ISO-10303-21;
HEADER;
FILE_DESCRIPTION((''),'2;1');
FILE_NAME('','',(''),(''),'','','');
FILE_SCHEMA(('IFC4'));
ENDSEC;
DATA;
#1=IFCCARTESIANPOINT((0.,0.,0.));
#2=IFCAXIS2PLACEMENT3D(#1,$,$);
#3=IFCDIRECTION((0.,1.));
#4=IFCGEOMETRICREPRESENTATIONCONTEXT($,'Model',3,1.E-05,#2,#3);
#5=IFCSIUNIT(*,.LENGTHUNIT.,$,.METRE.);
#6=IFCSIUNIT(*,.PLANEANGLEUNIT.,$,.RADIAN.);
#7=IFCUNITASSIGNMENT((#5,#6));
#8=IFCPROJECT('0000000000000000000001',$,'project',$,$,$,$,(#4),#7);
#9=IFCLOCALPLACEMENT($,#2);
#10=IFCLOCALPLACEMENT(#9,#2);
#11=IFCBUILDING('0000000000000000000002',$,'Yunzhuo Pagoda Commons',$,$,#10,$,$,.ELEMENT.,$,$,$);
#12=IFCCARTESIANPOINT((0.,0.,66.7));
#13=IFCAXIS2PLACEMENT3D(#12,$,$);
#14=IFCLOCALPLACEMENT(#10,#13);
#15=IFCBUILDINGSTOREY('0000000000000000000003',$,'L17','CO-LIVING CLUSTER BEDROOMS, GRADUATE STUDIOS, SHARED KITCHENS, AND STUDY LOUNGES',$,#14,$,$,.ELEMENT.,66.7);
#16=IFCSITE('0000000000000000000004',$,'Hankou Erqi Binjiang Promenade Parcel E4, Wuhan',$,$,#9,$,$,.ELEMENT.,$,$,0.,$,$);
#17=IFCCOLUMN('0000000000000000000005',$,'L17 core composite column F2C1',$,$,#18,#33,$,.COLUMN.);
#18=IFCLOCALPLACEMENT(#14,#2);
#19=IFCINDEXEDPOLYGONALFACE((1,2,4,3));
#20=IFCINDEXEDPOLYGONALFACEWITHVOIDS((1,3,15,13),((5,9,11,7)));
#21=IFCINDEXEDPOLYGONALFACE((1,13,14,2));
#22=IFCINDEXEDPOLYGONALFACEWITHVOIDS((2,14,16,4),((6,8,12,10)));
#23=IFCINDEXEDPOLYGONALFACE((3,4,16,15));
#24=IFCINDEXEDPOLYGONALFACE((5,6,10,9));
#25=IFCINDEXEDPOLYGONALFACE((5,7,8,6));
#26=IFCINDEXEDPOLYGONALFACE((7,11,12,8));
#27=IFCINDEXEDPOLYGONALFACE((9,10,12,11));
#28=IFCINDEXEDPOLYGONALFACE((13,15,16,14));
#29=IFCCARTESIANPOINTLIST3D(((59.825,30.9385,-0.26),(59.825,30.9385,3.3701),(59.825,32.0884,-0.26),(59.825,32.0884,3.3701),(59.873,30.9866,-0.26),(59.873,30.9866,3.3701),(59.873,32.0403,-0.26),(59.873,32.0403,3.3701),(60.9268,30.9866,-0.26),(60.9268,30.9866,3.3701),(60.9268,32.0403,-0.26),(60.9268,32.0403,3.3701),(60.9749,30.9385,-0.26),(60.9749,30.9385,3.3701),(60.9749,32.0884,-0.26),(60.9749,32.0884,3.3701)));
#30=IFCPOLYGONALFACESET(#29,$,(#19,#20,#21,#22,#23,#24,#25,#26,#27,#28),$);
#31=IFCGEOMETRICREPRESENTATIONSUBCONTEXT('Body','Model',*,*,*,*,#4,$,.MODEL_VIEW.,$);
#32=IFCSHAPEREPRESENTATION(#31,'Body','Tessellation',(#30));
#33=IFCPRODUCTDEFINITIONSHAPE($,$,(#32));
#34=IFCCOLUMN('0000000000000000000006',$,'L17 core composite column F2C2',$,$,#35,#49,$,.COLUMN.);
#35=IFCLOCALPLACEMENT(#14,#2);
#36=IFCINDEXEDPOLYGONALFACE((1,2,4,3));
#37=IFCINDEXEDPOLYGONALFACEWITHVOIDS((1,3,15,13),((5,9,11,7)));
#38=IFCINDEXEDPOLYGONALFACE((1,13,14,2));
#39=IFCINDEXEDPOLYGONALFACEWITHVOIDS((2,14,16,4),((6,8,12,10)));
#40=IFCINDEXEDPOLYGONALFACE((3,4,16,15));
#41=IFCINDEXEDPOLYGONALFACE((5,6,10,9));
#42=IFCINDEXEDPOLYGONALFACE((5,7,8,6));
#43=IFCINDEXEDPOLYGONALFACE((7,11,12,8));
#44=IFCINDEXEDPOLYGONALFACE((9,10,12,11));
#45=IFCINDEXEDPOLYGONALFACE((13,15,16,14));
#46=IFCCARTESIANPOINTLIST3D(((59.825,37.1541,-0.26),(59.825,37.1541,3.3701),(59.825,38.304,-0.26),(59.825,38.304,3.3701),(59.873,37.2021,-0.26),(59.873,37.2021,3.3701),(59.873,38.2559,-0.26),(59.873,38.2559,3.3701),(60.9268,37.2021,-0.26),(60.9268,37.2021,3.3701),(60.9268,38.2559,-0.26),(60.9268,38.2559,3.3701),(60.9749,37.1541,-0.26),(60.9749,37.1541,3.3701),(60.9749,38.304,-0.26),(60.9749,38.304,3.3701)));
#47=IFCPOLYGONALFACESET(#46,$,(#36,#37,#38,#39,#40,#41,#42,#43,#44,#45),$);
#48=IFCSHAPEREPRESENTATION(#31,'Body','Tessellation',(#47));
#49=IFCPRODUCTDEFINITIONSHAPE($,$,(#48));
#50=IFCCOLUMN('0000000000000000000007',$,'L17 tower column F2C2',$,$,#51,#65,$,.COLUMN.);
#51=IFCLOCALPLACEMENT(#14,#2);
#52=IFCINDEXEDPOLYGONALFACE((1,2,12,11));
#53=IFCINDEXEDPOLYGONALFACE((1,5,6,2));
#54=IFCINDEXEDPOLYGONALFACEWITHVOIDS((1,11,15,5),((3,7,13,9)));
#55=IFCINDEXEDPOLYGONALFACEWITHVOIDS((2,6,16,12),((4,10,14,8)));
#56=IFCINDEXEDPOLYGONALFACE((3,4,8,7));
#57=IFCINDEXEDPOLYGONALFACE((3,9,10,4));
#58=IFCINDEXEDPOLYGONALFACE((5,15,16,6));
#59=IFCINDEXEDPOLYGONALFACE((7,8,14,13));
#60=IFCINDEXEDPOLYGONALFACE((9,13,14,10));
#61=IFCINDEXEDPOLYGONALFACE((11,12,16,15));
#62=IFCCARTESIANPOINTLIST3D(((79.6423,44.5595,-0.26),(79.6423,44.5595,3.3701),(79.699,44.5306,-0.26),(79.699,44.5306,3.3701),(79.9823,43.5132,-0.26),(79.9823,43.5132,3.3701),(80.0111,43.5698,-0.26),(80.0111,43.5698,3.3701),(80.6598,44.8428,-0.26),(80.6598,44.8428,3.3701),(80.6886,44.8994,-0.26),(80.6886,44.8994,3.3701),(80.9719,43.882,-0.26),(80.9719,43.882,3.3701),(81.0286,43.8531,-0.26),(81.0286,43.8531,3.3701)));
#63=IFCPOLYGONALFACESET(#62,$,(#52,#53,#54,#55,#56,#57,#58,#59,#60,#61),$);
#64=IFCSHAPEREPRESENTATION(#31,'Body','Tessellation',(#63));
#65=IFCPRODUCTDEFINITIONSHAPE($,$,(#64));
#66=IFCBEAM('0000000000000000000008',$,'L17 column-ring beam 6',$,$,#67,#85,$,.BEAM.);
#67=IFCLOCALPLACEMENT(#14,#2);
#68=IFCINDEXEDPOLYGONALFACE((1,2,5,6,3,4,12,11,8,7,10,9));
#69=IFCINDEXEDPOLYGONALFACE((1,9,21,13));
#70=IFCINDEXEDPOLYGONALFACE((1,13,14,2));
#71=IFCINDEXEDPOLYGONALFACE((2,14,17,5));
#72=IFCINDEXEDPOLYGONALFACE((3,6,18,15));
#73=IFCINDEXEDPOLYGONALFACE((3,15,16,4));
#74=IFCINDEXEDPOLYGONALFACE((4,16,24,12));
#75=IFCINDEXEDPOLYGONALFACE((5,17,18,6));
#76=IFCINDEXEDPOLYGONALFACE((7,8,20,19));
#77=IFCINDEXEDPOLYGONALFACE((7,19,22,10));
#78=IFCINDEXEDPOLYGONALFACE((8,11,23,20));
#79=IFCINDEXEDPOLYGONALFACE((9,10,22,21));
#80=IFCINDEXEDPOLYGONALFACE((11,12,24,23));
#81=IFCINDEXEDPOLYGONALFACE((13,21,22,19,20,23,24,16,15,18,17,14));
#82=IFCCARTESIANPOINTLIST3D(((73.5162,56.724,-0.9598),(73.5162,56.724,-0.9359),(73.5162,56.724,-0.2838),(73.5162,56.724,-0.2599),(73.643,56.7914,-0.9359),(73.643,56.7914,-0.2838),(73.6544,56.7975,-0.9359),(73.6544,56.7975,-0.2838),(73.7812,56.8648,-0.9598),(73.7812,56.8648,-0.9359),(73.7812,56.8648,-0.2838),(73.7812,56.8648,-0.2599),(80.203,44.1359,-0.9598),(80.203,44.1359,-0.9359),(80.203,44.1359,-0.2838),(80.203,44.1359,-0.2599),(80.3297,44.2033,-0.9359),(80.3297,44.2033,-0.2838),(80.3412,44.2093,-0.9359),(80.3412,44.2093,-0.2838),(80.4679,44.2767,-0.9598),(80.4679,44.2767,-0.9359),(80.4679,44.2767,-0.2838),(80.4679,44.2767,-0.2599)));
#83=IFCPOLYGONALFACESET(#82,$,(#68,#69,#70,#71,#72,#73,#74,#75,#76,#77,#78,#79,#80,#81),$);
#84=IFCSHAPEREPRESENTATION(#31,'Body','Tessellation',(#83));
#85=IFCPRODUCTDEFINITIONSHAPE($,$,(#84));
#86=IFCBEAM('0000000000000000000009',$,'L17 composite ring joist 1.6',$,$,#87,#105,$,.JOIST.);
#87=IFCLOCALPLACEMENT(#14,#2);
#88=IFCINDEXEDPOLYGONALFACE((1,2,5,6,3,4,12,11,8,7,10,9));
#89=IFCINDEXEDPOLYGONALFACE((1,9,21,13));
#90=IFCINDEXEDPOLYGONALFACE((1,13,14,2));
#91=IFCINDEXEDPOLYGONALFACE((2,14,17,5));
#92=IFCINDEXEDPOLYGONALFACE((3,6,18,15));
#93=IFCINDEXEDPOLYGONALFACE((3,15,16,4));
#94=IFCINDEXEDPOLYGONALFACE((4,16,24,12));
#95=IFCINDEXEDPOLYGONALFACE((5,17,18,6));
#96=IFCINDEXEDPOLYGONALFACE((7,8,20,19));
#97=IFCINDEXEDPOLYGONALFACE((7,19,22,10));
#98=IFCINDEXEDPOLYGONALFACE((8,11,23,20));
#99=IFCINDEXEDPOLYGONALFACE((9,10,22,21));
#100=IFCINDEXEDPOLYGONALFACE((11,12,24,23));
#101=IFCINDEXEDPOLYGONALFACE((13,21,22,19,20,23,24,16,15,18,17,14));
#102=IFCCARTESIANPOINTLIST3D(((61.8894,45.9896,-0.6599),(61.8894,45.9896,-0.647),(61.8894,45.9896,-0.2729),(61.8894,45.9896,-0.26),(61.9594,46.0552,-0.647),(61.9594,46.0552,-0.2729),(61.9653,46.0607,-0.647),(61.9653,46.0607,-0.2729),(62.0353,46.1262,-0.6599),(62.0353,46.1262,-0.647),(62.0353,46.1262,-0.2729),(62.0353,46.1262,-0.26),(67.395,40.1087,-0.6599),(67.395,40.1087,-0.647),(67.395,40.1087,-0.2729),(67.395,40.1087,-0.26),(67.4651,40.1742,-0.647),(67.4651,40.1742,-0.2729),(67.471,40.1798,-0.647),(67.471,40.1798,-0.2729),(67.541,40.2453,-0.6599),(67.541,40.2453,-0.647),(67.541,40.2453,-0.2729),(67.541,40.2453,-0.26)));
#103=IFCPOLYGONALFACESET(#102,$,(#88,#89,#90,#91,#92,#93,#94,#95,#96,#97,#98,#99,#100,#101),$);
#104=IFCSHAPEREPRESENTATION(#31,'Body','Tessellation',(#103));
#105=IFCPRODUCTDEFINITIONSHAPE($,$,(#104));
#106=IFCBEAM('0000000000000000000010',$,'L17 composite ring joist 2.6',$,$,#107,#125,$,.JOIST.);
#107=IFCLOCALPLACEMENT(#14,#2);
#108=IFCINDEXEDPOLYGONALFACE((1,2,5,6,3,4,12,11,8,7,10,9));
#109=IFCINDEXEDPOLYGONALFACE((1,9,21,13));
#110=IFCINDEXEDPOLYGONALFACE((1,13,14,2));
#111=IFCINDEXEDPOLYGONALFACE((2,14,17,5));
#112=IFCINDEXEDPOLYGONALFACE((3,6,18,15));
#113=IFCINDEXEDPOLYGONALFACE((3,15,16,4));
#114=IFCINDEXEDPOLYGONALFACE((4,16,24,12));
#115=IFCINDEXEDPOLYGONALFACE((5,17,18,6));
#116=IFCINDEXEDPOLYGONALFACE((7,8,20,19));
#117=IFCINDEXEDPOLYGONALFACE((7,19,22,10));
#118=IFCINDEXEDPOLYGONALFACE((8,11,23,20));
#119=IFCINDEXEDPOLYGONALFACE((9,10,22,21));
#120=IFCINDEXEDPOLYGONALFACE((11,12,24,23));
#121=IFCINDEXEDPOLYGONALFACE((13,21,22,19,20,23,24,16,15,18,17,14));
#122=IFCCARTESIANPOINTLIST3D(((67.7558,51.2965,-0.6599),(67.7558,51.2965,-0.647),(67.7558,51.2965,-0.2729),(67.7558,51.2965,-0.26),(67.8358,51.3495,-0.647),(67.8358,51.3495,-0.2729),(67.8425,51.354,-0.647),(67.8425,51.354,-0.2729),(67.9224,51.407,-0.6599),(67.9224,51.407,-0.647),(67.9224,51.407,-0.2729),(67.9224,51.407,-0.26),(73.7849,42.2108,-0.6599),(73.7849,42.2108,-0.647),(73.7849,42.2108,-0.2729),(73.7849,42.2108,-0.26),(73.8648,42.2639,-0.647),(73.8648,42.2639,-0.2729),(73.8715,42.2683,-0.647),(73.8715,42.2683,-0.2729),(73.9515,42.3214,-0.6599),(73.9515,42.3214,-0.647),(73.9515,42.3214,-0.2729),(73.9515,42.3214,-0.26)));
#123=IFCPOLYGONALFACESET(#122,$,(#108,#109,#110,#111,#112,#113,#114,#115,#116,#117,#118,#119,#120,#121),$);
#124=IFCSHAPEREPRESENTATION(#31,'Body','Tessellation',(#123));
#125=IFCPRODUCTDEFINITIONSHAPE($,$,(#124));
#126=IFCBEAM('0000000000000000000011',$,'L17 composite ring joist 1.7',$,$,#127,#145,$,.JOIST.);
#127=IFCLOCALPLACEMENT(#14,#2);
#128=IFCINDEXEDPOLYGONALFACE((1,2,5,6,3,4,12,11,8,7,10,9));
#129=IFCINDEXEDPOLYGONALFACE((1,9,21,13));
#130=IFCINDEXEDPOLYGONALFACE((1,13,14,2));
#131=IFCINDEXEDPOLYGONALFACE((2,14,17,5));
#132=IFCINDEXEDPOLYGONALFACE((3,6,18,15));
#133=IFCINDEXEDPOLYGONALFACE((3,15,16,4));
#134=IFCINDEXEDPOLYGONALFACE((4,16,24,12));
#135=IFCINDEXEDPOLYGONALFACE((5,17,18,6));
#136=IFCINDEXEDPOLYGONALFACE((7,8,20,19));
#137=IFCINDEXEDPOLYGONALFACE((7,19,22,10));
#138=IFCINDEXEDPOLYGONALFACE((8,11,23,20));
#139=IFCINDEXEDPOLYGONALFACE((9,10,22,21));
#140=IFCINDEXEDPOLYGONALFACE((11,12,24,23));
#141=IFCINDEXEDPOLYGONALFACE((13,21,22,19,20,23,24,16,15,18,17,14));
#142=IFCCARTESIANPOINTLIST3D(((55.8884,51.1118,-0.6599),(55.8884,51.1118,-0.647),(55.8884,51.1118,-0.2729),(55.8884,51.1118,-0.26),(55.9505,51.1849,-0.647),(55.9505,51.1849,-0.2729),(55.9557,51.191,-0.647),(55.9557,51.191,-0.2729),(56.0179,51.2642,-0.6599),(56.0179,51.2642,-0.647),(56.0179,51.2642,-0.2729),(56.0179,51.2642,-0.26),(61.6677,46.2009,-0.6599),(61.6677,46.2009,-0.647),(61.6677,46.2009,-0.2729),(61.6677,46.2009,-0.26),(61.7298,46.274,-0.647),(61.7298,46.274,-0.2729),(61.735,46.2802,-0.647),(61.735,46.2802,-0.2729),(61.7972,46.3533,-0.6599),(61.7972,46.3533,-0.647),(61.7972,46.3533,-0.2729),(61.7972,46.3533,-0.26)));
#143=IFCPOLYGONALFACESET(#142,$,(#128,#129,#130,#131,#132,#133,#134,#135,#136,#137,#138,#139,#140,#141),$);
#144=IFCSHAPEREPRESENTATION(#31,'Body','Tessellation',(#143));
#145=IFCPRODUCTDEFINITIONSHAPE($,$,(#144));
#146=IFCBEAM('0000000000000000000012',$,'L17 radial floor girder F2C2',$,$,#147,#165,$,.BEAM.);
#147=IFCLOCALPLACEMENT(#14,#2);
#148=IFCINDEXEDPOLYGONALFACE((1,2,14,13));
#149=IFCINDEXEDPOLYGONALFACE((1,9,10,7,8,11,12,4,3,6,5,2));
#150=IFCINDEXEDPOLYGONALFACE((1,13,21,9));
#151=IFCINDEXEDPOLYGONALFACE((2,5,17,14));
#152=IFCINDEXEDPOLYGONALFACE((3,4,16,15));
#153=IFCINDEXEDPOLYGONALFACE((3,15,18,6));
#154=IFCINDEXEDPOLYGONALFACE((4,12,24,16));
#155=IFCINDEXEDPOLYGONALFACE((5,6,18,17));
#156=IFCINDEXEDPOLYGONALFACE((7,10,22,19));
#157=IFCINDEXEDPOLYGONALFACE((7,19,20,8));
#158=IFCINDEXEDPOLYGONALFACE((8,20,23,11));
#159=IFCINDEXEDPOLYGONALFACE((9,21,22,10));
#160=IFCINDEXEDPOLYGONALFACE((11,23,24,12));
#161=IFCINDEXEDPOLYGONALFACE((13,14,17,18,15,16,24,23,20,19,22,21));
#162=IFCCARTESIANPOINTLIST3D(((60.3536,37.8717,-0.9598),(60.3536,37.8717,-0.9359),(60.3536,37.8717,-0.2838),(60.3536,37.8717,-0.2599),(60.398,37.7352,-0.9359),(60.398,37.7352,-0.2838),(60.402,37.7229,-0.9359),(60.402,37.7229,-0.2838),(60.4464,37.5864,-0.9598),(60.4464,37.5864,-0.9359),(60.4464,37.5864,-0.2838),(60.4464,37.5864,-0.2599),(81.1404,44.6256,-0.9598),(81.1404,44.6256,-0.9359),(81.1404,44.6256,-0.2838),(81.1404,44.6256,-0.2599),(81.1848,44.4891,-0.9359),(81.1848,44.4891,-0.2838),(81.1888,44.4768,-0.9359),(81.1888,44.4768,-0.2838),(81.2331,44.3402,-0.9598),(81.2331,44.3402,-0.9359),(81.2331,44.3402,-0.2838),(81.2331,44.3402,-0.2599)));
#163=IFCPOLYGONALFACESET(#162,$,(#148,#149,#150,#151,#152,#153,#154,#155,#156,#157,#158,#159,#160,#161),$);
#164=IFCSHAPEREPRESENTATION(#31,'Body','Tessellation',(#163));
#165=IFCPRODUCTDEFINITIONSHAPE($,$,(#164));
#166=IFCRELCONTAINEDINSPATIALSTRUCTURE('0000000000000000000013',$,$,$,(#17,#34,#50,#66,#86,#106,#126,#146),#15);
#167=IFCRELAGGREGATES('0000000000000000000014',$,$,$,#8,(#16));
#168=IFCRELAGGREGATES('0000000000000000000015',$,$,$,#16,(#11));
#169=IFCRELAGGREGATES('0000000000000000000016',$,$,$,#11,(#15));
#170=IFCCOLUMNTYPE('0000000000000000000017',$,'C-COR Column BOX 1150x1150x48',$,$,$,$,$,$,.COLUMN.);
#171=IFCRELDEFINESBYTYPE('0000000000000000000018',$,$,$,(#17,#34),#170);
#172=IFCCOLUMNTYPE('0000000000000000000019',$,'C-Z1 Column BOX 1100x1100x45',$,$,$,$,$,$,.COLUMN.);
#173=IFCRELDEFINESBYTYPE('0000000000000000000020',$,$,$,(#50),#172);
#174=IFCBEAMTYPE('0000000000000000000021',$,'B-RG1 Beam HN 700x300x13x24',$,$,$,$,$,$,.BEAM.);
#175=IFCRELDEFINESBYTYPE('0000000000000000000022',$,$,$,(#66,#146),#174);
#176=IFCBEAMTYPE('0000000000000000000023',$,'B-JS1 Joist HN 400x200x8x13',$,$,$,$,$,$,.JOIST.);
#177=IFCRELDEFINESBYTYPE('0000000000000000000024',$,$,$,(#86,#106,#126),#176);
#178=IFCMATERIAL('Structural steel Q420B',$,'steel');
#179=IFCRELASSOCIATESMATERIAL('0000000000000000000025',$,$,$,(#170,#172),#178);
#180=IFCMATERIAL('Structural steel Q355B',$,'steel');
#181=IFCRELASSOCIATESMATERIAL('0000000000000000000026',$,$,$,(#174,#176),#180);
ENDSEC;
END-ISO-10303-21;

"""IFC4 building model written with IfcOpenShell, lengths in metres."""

from ifc_helpers import new_model, si_unit, direction, frame, origin, origin_2d, place, context, subcontext, project, spatial, hollow_rectangle, i_section, extrude, source, transform, mapped, material, material_profile, profile_set, type_object, element, save


model = new_model("IFC4")

# Units and contexts
model_context = context("Model", 3, precision=1e-05, world=origin(), true_north=direction((0.0, 1.0)))
body_context = subcontext(model_context, "Body", "Model", "MODEL_VIEW")
ifc_project = project(units=[si_unit("LENGTHUNIT", "METRE"), si_unit("PLANEANGLEUNIT", "RADIAN")], contexts=[model_context])

# Site, building, storey
site_placement = place(None, origin())
site = spatial("IfcSite", under=ifc_project, at=site_placement, Name="Hankou Erqi Binjiang Promenade Parcel E4, Wuhan", CompositionType="ELEMENT", RefElevation=0.0)
building_placement = place(site_placement, origin())
building = spatial("IfcBuilding", under=site, at=building_placement, Name="Yunzhuo Pagoda Commons", CompositionType="ELEMENT")
storey_placement = place(building_placement, frame((0.0, 0.0, 66.7)))
storey = spatial("IfcBuildingStorey", under=building, at=storey_placement, Name="L17", Description="CO-LIVING CLUSTER BEDROOMS, GRADUATE STUDIOS, SHARED KITCHENS, AND STUDY LOUNGES", CompositionType="ELEMENT", Elevation=66.7)

# Columns
ifc_material_1 = material(Name="Structural steel Q420B", Category="steel")
ifc_material_profile_1 = material_profile(ifc_material_1, hollow_rectangle(XDim=1.1499, YDim=1.1499, WallThickness=0.0481, at=origin_2d()), Name="Structural steel Q420B")
ifc_profile_set_1 = profile_set([ifc_material_profile_1], Name="Structural steel Q420B")
column_type_1 = type_object("IfcColumnType", Name="C-COR Column BOX 1150x1150x48", PredefinedType="COLUMN", material=ifc_profile_set_1)
shared_shape_1 = source(origin(), body_context, "Body", "SweptSolid", [
    extrude(hollow_rectangle(XDim=1.1499, YDim=1.1499, WallThickness=0.0481, at=origin_2d()), origin(), (0.0, 0.0, 1.0), 3.6301),
])
for number, where, z_axis, x_axis, name in (
    (1, (60.3999, 31.5134, -0.26), (0.0, 0.0, 1.0), (1.0, 0.0, 0.0), "L17 core composite column F2C1"),
    (2, (60.3999, 37.729, -0.26), (0.0, 0.0, 1.0), (1.0, 0.0, 0.0), "L17 core composite column F2C2"),
):
    element("IfcColumn", number, at=place(storey_placement, frame(where, z_axis=z_axis, x_axis=x_axis)), inside=storey, type_object=column_type_1, Name=name, PredefinedType="COLUMN", context=body_context, shape_type="MappedRepresentation", body=[
        mapped(shared_shape_1, transform((0.0, 0.0, 0.0), scale=1.0)),
    ])
ifc_material_profile_2 = material_profile(ifc_material_1, hollow_rectangle(XDim=1.1001, YDim=1.1001, WallThickness=0.0449, at=origin_2d()), Name="Structural steel Q420B")
ifc_profile_set_2 = profile_set([ifc_material_profile_2], Name="Structural steel Q420B")
column_type_2 = type_object("IfcColumnType", Name="C-Z1 Column BOX 1100x1100x45", PredefinedType="COLUMN", material=ifc_profile_set_2)
shared_shape_2 = source(origin(), body_context, "Body", "SweptSolid", [
    extrude(hollow_rectangle(XDim=1.1001, YDim=1.1001, WallThickness=0.0449, at=origin_2d()), origin(), (0.0, 0.0, 1.0), 3.6301),
])
column_placement = place(storey_placement, frame((80.3354, 44.2063, -0.26), z_axis=(0.0, 0.0, 1.0), x_axis=(-0.309017, 0.951057, 0.0)))
element("IfcColumn", 3, at=column_placement, inside=storey, type_object=column_type_2, Name="L17 tower column F2C2", PredefinedType="COLUMN", context=body_context, shape_type="MappedRepresentation", body=[
    mapped(shared_shape_2, transform((0.0, 0.0, 0.0), scale=1.0)),
])

# Beams
ifc_material_2 = material(Name="Structural steel Q355B", Category="steel")
ifc_material_profile_3 = material_profile(ifc_material_2, i_section(OverallWidth=0.3, OverallDepth=0.7, WebThickness=0.0129, FlangeThickness=0.0239, at=origin_2d()), Name="Structural steel Q355B")
ifc_profile_set_3 = profile_set([ifc_material_profile_3], Name="Structural steel Q355B")
beam_type_1 = type_object("IfcBeamType", Name="B-RG1 Beam HN 700x300x13x24", PredefinedType="BEAM", material=ifc_profile_set_3)
shared_shape_3 = source(origin(), body_context, "Body", "SweptSolid", [
    extrude(i_section(OverallWidth=0.3, OverallDepth=0.7, WebThickness=0.0129, FlangeThickness=0.0239, at=origin_2d()), origin(), (0.0, 0.0, 1.0), 14.2539),
])
beam_1_placement = place(storey_placement, frame((80.3354, 44.2063, -0.6099), z_axis=(-0.469118, 0.883135, 0.0), x_axis=(-0.883135, -0.469118, 0.0)))
element("IfcBeam", 4, at=beam_1_placement, inside=storey, type_object=beam_type_1, Name="L17 column-ring beam 6", PredefinedType="BEAM", context=body_context, shape_type="MappedRepresentation", body=[
    mapped(shared_shape_3, transform((0.0, 0.0, 0.0), scale=1.0)),
])
ifc_material_profile_4 = material_profile(ifc_material_2, i_section(OverallWidth=0.2, OverallDepth=0.3999, WebThickness=0.0081, FlangeThickness=0.0129, at=origin_2d()), Name="Structural steel Q355B")
ifc_profile_set_4 = profile_set([ifc_material_profile_4], Name="Structural steel Q355B")
beam_type_2 = type_object("IfcBeamType", Name="B-JS1 Joist HN 400x200x8x13", PredefinedType="JOIST", material=ifc_profile_set_4)
shared_shape_4 = source(origin(), body_context, "Body", "SweptSolid", [
    extrude(i_section(OverallWidth=0.2, OverallDepth=0.3999, WebThickness=0.0081, FlangeThickness=0.0129, at=origin_2d()), origin(), (0.0, 0.0, 1.0), 8.0559),
])
beam_2_placement = place(storey_placement, frame((67.468, 40.177, -0.46), z_axis=(-0.683433, 0.730013, 0.0), x_axis=(-0.730013, -0.683433, 0.0)))
element("IfcBeam", 5, at=beam_2_placement, inside=storey, type_object=beam_type_2, Name="L17 composite ring joist 1.6", PredefinedType="JOIST", context=body_context, shape_type="MappedRepresentation", body=[
    mapped(shared_shape_4, transform((0.0, 0.0, 0.0), scale=1.0)),
])
shared_shape_5 = source(origin(), body_context, "Body", "SweptSolid", [
    extrude(i_section(OverallWidth=0.2, OverallDepth=0.3999, WebThickness=0.0081, FlangeThickness=0.0129, at=origin_2d()), origin(), (0.0, 0.0, 1.0), 10.9041),
])
beam_3_placement = place(storey_placement, frame((73.8682, 42.2661, -0.46), z_axis=(-0.552916, 0.833237, 0.0), x_axis=(-0.833237, -0.552916, 0.0)))
element("IfcBeam", 6, at=beam_3_placement, inside=storey, type_object=beam_type_2, Name="L17 composite ring joist 2.6", PredefinedType="JOIST", context=body_context, shape_type="MappedRepresentation", body=[
    mapped(shared_shape_5, transform((0.0, 0.0, 0.0), scale=1.0)),
])
shared_shape_6 = source(origin(), body_context, "Body", "SweptSolid", [
    extrude(i_section(OverallWidth=0.2, OverallDepth=0.3999, WebThickness=0.0081, FlangeThickness=0.0129, at=origin_2d()), origin(), (0.0, 0.0, 1.0), 7.584),
])
beam_4_placement = place(storey_placement, frame((61.7324, 46.2771, -0.46), z_axis=(-0.762038, 0.647533, 0.0), x_axis=(-0.647533, -0.762038, 0.0)))
element("IfcBeam", 7, at=beam_4_placement, inside=storey, type_object=beam_type_2, Name="L17 composite ring joist 1.7", PredefinedType="JOIST", context=body_context, shape_type="MappedRepresentation", body=[
    mapped(shared_shape_6, transform((0.0, 0.0, 0.0), scale=1.0)),
])
shared_shape_7 = source(origin(), body_context, "Body", "SweptSolid", [
    extrude(i_section(OverallWidth=0.3, OverallDepth=0.7, WebThickness=0.0129, FlangeThickness=0.0239, at=origin_2d()), origin(), (0.0, 0.0, 1.0), 21.8564),
])
beam_5_placement = place(storey_placement, frame((81.1868, 44.4829, -0.6099), z_axis=(-0.951059, -0.309011, 0.0), x_axis=(0.309011, -0.951059, 0.0)))
element("IfcBeam", 8, at=beam_5_placement, inside=storey, type_object=beam_type_1, Name="L17 radial floor girder F2C2", PredefinedType="BEAM", context=body_context, shape_type="MappedRepresentation", body=[
    mapped(shared_shape_7, transform((0.0, 0.0, 0.0), scale=1.0)),
])

save(model, "model.ifc")
